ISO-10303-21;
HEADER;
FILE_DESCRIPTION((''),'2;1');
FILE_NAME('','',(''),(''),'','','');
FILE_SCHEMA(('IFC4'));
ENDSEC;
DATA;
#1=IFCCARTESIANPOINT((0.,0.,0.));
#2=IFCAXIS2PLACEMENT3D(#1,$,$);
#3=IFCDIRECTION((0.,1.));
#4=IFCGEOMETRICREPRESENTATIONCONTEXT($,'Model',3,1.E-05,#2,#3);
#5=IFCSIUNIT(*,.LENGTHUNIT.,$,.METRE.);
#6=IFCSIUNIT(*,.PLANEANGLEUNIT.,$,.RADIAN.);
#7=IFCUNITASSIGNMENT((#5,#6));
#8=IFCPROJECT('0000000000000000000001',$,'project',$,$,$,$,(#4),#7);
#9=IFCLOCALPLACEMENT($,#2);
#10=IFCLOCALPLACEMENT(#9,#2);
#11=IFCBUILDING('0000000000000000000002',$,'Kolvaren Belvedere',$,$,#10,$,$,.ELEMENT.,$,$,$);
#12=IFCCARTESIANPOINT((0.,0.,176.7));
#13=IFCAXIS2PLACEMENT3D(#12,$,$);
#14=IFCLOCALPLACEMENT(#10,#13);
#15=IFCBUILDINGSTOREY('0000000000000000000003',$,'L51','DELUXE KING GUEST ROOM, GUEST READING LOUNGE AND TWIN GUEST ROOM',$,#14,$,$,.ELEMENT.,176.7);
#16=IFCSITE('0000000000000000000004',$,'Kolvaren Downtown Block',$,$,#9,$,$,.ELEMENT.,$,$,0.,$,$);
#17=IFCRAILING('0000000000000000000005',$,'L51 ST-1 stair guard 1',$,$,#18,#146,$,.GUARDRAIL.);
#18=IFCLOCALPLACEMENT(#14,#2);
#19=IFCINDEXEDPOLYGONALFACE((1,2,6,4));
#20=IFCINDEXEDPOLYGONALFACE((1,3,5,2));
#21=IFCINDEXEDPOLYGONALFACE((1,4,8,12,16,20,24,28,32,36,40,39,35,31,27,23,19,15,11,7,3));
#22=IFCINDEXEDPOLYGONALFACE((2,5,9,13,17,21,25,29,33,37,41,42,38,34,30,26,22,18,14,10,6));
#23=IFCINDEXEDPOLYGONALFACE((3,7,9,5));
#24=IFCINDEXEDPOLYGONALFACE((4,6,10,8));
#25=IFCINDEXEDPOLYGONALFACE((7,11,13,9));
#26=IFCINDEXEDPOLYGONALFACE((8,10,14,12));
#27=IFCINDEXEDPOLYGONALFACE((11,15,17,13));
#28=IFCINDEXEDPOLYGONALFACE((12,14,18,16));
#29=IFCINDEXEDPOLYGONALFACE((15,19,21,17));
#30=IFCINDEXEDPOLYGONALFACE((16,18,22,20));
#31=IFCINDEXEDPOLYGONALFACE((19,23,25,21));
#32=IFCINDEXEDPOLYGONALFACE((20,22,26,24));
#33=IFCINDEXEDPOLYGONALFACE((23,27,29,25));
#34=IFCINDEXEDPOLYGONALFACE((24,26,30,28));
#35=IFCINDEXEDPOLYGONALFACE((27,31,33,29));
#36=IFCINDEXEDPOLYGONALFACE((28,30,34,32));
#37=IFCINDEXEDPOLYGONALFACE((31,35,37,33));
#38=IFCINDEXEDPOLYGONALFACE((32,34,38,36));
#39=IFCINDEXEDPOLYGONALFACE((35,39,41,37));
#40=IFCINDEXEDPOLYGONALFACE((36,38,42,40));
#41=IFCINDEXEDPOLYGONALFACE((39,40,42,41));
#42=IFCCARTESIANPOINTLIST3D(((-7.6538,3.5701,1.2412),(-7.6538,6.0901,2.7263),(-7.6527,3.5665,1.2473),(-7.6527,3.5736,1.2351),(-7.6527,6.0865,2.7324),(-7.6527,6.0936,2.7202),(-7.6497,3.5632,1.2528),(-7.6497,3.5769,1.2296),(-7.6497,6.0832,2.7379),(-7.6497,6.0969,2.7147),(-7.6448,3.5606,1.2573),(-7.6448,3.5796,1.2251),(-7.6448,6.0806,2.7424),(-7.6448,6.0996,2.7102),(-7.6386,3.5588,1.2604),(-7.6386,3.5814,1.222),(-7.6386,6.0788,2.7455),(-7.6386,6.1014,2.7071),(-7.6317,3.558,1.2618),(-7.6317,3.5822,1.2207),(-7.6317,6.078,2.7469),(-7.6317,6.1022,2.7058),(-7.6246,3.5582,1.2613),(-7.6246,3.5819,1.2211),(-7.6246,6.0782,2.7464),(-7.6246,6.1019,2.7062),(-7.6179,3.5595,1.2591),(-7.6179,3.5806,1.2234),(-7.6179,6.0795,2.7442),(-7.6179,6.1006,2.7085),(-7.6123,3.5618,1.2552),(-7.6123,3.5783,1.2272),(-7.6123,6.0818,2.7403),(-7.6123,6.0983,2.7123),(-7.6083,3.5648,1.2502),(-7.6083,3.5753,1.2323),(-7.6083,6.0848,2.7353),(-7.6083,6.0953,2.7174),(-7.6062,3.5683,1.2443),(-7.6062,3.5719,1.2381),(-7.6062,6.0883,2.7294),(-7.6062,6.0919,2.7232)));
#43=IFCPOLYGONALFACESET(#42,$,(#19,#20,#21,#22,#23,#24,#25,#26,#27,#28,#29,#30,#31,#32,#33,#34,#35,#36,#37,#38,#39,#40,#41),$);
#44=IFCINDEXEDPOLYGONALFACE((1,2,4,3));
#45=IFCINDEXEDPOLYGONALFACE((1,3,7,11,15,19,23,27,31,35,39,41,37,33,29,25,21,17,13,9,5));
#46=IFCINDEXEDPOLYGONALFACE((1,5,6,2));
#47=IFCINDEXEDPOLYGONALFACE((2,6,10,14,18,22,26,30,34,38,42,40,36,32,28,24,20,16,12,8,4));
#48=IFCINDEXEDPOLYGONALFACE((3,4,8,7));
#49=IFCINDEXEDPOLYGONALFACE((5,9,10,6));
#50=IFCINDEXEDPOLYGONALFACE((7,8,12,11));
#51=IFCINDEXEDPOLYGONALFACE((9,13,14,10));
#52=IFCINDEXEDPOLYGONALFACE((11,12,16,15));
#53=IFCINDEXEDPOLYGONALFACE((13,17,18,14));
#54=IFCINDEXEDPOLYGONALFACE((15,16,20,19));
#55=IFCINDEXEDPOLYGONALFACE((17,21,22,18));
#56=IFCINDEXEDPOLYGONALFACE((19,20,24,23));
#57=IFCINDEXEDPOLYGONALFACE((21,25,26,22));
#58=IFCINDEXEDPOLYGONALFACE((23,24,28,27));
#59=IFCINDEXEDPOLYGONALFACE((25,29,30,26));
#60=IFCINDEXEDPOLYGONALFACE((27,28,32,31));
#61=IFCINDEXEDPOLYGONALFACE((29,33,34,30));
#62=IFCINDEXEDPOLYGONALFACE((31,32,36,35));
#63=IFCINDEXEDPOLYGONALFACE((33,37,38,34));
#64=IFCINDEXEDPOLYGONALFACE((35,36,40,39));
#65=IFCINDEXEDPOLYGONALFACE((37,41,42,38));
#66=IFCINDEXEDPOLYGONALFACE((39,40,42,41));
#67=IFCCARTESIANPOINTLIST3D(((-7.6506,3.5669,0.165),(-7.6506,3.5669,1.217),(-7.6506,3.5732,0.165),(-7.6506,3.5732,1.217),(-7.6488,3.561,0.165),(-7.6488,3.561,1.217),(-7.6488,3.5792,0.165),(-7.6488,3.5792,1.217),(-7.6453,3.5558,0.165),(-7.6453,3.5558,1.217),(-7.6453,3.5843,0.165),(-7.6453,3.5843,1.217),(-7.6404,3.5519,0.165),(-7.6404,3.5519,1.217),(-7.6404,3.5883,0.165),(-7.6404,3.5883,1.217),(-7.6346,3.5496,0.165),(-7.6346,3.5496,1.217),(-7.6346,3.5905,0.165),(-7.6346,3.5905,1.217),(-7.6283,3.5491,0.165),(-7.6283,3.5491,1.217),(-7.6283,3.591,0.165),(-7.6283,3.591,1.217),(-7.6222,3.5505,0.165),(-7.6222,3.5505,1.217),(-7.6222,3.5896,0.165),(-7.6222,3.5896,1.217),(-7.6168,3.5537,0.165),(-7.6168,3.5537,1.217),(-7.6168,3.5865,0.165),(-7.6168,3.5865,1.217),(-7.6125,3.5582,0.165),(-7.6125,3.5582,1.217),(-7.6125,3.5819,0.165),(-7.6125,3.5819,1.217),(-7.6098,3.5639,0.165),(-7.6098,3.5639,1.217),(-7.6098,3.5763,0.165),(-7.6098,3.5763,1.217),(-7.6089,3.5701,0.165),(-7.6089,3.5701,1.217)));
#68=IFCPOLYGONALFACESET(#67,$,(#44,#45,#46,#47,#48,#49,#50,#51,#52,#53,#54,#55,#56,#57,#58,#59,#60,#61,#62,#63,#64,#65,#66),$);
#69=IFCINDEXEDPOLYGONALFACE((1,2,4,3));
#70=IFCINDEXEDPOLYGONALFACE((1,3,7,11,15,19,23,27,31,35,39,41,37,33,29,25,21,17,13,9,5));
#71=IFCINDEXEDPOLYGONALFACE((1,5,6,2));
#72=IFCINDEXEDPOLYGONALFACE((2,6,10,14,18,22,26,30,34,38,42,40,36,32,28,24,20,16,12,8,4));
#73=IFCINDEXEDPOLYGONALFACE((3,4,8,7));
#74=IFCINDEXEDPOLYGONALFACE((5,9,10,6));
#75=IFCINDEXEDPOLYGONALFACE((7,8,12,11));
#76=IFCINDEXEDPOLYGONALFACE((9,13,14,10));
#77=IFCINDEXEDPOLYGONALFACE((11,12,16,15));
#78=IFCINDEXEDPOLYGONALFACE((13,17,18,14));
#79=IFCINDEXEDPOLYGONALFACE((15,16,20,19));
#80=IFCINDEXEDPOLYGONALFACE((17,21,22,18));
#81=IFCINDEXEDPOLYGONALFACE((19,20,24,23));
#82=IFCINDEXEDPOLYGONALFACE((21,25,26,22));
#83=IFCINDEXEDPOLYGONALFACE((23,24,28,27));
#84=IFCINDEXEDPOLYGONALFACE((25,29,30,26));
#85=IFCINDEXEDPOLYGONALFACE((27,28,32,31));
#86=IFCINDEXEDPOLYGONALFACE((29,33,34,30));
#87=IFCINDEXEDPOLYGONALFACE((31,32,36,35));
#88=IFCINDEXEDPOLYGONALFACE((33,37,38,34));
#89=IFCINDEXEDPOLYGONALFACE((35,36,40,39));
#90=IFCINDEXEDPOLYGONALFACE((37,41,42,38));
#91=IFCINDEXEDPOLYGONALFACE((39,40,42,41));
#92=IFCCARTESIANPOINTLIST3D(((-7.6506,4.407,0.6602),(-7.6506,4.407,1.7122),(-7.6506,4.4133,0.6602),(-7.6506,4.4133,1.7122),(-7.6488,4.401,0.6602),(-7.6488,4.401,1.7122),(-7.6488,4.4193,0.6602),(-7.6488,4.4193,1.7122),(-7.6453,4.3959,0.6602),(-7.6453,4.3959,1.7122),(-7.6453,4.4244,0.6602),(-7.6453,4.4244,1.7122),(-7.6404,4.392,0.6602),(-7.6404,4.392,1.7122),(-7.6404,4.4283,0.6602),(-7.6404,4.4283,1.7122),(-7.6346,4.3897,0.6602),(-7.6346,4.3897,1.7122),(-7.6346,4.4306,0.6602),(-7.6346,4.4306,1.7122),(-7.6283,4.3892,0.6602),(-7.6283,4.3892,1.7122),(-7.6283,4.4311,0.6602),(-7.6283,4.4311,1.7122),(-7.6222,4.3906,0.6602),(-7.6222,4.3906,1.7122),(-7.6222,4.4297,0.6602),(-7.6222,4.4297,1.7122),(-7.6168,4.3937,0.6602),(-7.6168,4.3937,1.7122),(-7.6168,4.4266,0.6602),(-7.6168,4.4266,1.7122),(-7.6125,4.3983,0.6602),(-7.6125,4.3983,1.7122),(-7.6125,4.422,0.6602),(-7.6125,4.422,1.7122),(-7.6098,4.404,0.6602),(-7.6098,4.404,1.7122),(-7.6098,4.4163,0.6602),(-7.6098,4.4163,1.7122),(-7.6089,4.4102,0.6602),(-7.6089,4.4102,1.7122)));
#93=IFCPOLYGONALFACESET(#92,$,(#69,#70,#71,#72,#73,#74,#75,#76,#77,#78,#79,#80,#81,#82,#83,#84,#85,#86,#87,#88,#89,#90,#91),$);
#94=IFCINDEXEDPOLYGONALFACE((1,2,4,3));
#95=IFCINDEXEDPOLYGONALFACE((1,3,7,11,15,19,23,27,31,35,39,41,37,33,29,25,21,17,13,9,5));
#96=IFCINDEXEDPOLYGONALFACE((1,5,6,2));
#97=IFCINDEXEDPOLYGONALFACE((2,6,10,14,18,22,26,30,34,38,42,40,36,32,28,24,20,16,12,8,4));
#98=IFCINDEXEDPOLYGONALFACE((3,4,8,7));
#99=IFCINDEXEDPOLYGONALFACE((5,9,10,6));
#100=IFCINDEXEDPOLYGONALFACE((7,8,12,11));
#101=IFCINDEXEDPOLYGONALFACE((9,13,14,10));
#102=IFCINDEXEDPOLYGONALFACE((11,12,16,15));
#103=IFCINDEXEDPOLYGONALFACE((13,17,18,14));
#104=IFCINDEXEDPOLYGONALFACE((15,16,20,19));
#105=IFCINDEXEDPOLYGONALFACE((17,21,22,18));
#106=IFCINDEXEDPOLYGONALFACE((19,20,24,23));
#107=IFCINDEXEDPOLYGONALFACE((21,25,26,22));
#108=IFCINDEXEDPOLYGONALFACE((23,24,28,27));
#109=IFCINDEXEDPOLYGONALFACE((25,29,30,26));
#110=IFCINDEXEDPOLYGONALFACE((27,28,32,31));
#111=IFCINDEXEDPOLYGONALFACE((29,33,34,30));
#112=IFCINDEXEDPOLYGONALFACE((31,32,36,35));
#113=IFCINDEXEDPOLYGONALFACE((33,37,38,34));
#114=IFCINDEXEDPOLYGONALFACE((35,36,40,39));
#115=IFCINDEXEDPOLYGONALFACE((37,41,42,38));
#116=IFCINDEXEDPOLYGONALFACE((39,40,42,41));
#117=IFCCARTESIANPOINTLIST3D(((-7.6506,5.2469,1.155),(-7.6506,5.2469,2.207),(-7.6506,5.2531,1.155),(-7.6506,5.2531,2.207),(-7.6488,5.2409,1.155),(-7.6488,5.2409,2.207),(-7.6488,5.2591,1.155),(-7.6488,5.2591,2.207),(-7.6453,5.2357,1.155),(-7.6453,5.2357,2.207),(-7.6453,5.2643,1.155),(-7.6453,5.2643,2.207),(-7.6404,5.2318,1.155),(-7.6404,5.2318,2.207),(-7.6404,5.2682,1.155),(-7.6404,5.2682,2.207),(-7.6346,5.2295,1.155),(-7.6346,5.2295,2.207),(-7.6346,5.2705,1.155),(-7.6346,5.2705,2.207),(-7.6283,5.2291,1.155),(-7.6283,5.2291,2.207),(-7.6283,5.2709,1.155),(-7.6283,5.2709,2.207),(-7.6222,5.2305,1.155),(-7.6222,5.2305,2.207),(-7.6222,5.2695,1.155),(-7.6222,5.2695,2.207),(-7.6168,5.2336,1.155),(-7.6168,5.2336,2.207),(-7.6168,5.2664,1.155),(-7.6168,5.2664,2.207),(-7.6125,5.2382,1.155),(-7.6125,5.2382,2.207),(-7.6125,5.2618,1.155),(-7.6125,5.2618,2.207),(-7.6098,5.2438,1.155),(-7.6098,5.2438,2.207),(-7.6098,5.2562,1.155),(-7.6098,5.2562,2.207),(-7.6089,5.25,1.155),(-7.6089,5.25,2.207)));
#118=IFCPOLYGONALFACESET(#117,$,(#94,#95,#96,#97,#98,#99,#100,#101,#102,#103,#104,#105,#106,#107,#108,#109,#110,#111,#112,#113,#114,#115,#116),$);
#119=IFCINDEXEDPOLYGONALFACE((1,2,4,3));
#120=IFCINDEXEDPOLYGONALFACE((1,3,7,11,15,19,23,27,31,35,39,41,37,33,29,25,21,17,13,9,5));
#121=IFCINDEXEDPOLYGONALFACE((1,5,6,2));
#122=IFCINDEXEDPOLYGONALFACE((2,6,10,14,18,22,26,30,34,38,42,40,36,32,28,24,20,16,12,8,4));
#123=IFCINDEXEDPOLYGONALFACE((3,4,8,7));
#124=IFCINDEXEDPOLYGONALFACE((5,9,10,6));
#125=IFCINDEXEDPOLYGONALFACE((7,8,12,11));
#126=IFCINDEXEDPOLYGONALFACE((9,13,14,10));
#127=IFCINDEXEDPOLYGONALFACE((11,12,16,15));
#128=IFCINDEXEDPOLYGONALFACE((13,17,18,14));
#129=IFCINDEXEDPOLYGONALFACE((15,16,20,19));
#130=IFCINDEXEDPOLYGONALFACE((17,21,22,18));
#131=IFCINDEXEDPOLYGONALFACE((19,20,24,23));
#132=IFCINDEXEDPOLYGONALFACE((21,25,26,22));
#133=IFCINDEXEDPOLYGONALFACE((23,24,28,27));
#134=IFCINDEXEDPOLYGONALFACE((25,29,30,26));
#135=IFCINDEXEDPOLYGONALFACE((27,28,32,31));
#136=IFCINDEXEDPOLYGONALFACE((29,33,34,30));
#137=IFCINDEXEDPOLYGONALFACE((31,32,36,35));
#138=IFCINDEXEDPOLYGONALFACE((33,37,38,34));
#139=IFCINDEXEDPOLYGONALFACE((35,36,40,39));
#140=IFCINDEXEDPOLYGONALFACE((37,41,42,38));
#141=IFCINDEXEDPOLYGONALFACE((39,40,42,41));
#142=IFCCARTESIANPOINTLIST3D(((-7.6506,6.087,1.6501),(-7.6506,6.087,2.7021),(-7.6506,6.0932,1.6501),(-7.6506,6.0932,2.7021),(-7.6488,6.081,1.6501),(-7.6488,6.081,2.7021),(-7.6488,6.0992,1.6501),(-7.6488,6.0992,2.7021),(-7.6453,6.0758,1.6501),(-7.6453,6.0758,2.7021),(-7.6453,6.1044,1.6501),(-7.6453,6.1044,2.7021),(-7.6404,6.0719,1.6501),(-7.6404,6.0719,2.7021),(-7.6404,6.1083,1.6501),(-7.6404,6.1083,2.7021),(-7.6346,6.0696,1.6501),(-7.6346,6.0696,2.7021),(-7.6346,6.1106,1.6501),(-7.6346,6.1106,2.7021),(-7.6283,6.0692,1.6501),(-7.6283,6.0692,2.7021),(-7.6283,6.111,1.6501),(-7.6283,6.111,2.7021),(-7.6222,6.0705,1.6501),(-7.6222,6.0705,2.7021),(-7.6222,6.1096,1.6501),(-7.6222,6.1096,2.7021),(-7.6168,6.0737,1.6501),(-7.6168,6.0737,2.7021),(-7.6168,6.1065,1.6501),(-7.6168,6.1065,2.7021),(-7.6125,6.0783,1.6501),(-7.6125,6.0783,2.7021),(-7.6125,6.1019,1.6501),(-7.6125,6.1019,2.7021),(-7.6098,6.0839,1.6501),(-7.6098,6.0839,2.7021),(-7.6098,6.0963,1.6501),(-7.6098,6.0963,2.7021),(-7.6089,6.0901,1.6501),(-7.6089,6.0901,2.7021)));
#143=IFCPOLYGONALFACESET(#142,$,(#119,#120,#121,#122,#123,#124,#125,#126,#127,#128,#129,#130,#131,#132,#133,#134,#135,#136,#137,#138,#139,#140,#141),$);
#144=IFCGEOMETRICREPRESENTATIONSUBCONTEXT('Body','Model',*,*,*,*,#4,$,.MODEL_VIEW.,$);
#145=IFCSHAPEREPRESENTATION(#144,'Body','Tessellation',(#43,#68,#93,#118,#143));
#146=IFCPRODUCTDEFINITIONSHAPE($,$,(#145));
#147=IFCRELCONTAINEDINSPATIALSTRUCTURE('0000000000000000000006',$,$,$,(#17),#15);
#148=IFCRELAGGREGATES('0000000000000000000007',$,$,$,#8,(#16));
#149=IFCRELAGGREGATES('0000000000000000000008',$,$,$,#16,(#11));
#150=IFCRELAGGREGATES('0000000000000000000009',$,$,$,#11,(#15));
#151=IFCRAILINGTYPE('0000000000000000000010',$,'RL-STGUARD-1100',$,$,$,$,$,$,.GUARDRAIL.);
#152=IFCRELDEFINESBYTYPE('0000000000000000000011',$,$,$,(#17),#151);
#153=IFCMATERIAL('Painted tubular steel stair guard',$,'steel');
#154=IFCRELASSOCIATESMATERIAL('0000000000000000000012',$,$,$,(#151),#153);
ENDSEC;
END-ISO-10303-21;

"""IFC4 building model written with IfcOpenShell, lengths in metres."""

from ifc_helpers import new_model, si_unit, direction, frame, origin, origin_2d, place, context, subcontext, project, spatial, circle, extrude, material, type_object, element, save


model = new_model("IFC4")

# Units and contexts
model_context = context("Model", 3, precision=1e-05, world=origin(), true_north=direction((0.0, 1.0)))
body_context = subcontext(model_context, "Body", "Model", "MODEL_VIEW")
ifc_project = project(units=[si_unit("LENGTHUNIT", "METRE"), si_unit("PLANEANGLEUNIT", "RADIAN")], contexts=[model_context])

# Site, building, storey
site_placement = place(None, origin())
site = spatial("IfcSite", under=ifc_project, at=site_placement, Name="Kolvaren Downtown Block", CompositionType="ELEMENT", RefElevation=0.0)
building_placement = place(site_placement, origin())
building = spatial("IfcBuilding", under=site, at=building_placement, Name="Kolvaren Belvedere", CompositionType="ELEMENT")
storey_placement = place(building_placement, frame((0.0, 0.0, 176.7)))
storey = spatial("IfcBuildingStorey", under=building, at=storey_placement, Name="L51", Description="DELUXE KING GUEST ROOM, GUEST READING LOUNGE AND TWIN GUEST ROOM", CompositionType="ELEMENT", Elevation=176.7)

# Railing
ifc_material_1 = material(Name="Painted tubular steel stair guard", Category="steel")
railing_type_1 = type_object("IfcRailingType", Name="RL-STGUARD-1100", PredefinedType="GUARDRAIL", material=ifc_material_1)
railing_1_placement = place(storey_placement, frame((-7.6299, 3.5701, 0.165)))
element("IfcRailing", 1, at=railing_1_placement, inside=storey, type_object=railing_type_1, Name="L51 ST-1 stair guard 1", PredefinedType="GUARDRAIL", context=body_context, shape_type="SweptSolid", body=[
    extrude(circle(Radius=0.0239, at=origin_2d()), frame((0.0, 0.0, 1.0762), z_axis=(0.0, 0.861524, 0.507717), x_axis=(-1.0, 0.0, 0.0)), (0.0, 0.0, 1.0), 2.925),
    extrude(circle(Radius=0.021, at=origin_2d()), origin(), (0.0, 0.0, 1.0), 1.052),
    extrude(circle(Radius=0.021, at=origin_2d()), frame((0.0, 0.8401, 0.4951)), (0.0, 0.0, 1.0), 1.052),
    extrude(circle(Radius=0.021, at=origin_2d()), frame((0.0, 1.6799, 0.99)), (0.0, 0.0, 1.0), 1.052),
    extrude(circle(Radius=0.021, at=origin_2d()), frame((0.0, 2.52, 1.4851)), (0.0, 0.0, 1.0), 1.052),
])

save(model, "model.ifc")
